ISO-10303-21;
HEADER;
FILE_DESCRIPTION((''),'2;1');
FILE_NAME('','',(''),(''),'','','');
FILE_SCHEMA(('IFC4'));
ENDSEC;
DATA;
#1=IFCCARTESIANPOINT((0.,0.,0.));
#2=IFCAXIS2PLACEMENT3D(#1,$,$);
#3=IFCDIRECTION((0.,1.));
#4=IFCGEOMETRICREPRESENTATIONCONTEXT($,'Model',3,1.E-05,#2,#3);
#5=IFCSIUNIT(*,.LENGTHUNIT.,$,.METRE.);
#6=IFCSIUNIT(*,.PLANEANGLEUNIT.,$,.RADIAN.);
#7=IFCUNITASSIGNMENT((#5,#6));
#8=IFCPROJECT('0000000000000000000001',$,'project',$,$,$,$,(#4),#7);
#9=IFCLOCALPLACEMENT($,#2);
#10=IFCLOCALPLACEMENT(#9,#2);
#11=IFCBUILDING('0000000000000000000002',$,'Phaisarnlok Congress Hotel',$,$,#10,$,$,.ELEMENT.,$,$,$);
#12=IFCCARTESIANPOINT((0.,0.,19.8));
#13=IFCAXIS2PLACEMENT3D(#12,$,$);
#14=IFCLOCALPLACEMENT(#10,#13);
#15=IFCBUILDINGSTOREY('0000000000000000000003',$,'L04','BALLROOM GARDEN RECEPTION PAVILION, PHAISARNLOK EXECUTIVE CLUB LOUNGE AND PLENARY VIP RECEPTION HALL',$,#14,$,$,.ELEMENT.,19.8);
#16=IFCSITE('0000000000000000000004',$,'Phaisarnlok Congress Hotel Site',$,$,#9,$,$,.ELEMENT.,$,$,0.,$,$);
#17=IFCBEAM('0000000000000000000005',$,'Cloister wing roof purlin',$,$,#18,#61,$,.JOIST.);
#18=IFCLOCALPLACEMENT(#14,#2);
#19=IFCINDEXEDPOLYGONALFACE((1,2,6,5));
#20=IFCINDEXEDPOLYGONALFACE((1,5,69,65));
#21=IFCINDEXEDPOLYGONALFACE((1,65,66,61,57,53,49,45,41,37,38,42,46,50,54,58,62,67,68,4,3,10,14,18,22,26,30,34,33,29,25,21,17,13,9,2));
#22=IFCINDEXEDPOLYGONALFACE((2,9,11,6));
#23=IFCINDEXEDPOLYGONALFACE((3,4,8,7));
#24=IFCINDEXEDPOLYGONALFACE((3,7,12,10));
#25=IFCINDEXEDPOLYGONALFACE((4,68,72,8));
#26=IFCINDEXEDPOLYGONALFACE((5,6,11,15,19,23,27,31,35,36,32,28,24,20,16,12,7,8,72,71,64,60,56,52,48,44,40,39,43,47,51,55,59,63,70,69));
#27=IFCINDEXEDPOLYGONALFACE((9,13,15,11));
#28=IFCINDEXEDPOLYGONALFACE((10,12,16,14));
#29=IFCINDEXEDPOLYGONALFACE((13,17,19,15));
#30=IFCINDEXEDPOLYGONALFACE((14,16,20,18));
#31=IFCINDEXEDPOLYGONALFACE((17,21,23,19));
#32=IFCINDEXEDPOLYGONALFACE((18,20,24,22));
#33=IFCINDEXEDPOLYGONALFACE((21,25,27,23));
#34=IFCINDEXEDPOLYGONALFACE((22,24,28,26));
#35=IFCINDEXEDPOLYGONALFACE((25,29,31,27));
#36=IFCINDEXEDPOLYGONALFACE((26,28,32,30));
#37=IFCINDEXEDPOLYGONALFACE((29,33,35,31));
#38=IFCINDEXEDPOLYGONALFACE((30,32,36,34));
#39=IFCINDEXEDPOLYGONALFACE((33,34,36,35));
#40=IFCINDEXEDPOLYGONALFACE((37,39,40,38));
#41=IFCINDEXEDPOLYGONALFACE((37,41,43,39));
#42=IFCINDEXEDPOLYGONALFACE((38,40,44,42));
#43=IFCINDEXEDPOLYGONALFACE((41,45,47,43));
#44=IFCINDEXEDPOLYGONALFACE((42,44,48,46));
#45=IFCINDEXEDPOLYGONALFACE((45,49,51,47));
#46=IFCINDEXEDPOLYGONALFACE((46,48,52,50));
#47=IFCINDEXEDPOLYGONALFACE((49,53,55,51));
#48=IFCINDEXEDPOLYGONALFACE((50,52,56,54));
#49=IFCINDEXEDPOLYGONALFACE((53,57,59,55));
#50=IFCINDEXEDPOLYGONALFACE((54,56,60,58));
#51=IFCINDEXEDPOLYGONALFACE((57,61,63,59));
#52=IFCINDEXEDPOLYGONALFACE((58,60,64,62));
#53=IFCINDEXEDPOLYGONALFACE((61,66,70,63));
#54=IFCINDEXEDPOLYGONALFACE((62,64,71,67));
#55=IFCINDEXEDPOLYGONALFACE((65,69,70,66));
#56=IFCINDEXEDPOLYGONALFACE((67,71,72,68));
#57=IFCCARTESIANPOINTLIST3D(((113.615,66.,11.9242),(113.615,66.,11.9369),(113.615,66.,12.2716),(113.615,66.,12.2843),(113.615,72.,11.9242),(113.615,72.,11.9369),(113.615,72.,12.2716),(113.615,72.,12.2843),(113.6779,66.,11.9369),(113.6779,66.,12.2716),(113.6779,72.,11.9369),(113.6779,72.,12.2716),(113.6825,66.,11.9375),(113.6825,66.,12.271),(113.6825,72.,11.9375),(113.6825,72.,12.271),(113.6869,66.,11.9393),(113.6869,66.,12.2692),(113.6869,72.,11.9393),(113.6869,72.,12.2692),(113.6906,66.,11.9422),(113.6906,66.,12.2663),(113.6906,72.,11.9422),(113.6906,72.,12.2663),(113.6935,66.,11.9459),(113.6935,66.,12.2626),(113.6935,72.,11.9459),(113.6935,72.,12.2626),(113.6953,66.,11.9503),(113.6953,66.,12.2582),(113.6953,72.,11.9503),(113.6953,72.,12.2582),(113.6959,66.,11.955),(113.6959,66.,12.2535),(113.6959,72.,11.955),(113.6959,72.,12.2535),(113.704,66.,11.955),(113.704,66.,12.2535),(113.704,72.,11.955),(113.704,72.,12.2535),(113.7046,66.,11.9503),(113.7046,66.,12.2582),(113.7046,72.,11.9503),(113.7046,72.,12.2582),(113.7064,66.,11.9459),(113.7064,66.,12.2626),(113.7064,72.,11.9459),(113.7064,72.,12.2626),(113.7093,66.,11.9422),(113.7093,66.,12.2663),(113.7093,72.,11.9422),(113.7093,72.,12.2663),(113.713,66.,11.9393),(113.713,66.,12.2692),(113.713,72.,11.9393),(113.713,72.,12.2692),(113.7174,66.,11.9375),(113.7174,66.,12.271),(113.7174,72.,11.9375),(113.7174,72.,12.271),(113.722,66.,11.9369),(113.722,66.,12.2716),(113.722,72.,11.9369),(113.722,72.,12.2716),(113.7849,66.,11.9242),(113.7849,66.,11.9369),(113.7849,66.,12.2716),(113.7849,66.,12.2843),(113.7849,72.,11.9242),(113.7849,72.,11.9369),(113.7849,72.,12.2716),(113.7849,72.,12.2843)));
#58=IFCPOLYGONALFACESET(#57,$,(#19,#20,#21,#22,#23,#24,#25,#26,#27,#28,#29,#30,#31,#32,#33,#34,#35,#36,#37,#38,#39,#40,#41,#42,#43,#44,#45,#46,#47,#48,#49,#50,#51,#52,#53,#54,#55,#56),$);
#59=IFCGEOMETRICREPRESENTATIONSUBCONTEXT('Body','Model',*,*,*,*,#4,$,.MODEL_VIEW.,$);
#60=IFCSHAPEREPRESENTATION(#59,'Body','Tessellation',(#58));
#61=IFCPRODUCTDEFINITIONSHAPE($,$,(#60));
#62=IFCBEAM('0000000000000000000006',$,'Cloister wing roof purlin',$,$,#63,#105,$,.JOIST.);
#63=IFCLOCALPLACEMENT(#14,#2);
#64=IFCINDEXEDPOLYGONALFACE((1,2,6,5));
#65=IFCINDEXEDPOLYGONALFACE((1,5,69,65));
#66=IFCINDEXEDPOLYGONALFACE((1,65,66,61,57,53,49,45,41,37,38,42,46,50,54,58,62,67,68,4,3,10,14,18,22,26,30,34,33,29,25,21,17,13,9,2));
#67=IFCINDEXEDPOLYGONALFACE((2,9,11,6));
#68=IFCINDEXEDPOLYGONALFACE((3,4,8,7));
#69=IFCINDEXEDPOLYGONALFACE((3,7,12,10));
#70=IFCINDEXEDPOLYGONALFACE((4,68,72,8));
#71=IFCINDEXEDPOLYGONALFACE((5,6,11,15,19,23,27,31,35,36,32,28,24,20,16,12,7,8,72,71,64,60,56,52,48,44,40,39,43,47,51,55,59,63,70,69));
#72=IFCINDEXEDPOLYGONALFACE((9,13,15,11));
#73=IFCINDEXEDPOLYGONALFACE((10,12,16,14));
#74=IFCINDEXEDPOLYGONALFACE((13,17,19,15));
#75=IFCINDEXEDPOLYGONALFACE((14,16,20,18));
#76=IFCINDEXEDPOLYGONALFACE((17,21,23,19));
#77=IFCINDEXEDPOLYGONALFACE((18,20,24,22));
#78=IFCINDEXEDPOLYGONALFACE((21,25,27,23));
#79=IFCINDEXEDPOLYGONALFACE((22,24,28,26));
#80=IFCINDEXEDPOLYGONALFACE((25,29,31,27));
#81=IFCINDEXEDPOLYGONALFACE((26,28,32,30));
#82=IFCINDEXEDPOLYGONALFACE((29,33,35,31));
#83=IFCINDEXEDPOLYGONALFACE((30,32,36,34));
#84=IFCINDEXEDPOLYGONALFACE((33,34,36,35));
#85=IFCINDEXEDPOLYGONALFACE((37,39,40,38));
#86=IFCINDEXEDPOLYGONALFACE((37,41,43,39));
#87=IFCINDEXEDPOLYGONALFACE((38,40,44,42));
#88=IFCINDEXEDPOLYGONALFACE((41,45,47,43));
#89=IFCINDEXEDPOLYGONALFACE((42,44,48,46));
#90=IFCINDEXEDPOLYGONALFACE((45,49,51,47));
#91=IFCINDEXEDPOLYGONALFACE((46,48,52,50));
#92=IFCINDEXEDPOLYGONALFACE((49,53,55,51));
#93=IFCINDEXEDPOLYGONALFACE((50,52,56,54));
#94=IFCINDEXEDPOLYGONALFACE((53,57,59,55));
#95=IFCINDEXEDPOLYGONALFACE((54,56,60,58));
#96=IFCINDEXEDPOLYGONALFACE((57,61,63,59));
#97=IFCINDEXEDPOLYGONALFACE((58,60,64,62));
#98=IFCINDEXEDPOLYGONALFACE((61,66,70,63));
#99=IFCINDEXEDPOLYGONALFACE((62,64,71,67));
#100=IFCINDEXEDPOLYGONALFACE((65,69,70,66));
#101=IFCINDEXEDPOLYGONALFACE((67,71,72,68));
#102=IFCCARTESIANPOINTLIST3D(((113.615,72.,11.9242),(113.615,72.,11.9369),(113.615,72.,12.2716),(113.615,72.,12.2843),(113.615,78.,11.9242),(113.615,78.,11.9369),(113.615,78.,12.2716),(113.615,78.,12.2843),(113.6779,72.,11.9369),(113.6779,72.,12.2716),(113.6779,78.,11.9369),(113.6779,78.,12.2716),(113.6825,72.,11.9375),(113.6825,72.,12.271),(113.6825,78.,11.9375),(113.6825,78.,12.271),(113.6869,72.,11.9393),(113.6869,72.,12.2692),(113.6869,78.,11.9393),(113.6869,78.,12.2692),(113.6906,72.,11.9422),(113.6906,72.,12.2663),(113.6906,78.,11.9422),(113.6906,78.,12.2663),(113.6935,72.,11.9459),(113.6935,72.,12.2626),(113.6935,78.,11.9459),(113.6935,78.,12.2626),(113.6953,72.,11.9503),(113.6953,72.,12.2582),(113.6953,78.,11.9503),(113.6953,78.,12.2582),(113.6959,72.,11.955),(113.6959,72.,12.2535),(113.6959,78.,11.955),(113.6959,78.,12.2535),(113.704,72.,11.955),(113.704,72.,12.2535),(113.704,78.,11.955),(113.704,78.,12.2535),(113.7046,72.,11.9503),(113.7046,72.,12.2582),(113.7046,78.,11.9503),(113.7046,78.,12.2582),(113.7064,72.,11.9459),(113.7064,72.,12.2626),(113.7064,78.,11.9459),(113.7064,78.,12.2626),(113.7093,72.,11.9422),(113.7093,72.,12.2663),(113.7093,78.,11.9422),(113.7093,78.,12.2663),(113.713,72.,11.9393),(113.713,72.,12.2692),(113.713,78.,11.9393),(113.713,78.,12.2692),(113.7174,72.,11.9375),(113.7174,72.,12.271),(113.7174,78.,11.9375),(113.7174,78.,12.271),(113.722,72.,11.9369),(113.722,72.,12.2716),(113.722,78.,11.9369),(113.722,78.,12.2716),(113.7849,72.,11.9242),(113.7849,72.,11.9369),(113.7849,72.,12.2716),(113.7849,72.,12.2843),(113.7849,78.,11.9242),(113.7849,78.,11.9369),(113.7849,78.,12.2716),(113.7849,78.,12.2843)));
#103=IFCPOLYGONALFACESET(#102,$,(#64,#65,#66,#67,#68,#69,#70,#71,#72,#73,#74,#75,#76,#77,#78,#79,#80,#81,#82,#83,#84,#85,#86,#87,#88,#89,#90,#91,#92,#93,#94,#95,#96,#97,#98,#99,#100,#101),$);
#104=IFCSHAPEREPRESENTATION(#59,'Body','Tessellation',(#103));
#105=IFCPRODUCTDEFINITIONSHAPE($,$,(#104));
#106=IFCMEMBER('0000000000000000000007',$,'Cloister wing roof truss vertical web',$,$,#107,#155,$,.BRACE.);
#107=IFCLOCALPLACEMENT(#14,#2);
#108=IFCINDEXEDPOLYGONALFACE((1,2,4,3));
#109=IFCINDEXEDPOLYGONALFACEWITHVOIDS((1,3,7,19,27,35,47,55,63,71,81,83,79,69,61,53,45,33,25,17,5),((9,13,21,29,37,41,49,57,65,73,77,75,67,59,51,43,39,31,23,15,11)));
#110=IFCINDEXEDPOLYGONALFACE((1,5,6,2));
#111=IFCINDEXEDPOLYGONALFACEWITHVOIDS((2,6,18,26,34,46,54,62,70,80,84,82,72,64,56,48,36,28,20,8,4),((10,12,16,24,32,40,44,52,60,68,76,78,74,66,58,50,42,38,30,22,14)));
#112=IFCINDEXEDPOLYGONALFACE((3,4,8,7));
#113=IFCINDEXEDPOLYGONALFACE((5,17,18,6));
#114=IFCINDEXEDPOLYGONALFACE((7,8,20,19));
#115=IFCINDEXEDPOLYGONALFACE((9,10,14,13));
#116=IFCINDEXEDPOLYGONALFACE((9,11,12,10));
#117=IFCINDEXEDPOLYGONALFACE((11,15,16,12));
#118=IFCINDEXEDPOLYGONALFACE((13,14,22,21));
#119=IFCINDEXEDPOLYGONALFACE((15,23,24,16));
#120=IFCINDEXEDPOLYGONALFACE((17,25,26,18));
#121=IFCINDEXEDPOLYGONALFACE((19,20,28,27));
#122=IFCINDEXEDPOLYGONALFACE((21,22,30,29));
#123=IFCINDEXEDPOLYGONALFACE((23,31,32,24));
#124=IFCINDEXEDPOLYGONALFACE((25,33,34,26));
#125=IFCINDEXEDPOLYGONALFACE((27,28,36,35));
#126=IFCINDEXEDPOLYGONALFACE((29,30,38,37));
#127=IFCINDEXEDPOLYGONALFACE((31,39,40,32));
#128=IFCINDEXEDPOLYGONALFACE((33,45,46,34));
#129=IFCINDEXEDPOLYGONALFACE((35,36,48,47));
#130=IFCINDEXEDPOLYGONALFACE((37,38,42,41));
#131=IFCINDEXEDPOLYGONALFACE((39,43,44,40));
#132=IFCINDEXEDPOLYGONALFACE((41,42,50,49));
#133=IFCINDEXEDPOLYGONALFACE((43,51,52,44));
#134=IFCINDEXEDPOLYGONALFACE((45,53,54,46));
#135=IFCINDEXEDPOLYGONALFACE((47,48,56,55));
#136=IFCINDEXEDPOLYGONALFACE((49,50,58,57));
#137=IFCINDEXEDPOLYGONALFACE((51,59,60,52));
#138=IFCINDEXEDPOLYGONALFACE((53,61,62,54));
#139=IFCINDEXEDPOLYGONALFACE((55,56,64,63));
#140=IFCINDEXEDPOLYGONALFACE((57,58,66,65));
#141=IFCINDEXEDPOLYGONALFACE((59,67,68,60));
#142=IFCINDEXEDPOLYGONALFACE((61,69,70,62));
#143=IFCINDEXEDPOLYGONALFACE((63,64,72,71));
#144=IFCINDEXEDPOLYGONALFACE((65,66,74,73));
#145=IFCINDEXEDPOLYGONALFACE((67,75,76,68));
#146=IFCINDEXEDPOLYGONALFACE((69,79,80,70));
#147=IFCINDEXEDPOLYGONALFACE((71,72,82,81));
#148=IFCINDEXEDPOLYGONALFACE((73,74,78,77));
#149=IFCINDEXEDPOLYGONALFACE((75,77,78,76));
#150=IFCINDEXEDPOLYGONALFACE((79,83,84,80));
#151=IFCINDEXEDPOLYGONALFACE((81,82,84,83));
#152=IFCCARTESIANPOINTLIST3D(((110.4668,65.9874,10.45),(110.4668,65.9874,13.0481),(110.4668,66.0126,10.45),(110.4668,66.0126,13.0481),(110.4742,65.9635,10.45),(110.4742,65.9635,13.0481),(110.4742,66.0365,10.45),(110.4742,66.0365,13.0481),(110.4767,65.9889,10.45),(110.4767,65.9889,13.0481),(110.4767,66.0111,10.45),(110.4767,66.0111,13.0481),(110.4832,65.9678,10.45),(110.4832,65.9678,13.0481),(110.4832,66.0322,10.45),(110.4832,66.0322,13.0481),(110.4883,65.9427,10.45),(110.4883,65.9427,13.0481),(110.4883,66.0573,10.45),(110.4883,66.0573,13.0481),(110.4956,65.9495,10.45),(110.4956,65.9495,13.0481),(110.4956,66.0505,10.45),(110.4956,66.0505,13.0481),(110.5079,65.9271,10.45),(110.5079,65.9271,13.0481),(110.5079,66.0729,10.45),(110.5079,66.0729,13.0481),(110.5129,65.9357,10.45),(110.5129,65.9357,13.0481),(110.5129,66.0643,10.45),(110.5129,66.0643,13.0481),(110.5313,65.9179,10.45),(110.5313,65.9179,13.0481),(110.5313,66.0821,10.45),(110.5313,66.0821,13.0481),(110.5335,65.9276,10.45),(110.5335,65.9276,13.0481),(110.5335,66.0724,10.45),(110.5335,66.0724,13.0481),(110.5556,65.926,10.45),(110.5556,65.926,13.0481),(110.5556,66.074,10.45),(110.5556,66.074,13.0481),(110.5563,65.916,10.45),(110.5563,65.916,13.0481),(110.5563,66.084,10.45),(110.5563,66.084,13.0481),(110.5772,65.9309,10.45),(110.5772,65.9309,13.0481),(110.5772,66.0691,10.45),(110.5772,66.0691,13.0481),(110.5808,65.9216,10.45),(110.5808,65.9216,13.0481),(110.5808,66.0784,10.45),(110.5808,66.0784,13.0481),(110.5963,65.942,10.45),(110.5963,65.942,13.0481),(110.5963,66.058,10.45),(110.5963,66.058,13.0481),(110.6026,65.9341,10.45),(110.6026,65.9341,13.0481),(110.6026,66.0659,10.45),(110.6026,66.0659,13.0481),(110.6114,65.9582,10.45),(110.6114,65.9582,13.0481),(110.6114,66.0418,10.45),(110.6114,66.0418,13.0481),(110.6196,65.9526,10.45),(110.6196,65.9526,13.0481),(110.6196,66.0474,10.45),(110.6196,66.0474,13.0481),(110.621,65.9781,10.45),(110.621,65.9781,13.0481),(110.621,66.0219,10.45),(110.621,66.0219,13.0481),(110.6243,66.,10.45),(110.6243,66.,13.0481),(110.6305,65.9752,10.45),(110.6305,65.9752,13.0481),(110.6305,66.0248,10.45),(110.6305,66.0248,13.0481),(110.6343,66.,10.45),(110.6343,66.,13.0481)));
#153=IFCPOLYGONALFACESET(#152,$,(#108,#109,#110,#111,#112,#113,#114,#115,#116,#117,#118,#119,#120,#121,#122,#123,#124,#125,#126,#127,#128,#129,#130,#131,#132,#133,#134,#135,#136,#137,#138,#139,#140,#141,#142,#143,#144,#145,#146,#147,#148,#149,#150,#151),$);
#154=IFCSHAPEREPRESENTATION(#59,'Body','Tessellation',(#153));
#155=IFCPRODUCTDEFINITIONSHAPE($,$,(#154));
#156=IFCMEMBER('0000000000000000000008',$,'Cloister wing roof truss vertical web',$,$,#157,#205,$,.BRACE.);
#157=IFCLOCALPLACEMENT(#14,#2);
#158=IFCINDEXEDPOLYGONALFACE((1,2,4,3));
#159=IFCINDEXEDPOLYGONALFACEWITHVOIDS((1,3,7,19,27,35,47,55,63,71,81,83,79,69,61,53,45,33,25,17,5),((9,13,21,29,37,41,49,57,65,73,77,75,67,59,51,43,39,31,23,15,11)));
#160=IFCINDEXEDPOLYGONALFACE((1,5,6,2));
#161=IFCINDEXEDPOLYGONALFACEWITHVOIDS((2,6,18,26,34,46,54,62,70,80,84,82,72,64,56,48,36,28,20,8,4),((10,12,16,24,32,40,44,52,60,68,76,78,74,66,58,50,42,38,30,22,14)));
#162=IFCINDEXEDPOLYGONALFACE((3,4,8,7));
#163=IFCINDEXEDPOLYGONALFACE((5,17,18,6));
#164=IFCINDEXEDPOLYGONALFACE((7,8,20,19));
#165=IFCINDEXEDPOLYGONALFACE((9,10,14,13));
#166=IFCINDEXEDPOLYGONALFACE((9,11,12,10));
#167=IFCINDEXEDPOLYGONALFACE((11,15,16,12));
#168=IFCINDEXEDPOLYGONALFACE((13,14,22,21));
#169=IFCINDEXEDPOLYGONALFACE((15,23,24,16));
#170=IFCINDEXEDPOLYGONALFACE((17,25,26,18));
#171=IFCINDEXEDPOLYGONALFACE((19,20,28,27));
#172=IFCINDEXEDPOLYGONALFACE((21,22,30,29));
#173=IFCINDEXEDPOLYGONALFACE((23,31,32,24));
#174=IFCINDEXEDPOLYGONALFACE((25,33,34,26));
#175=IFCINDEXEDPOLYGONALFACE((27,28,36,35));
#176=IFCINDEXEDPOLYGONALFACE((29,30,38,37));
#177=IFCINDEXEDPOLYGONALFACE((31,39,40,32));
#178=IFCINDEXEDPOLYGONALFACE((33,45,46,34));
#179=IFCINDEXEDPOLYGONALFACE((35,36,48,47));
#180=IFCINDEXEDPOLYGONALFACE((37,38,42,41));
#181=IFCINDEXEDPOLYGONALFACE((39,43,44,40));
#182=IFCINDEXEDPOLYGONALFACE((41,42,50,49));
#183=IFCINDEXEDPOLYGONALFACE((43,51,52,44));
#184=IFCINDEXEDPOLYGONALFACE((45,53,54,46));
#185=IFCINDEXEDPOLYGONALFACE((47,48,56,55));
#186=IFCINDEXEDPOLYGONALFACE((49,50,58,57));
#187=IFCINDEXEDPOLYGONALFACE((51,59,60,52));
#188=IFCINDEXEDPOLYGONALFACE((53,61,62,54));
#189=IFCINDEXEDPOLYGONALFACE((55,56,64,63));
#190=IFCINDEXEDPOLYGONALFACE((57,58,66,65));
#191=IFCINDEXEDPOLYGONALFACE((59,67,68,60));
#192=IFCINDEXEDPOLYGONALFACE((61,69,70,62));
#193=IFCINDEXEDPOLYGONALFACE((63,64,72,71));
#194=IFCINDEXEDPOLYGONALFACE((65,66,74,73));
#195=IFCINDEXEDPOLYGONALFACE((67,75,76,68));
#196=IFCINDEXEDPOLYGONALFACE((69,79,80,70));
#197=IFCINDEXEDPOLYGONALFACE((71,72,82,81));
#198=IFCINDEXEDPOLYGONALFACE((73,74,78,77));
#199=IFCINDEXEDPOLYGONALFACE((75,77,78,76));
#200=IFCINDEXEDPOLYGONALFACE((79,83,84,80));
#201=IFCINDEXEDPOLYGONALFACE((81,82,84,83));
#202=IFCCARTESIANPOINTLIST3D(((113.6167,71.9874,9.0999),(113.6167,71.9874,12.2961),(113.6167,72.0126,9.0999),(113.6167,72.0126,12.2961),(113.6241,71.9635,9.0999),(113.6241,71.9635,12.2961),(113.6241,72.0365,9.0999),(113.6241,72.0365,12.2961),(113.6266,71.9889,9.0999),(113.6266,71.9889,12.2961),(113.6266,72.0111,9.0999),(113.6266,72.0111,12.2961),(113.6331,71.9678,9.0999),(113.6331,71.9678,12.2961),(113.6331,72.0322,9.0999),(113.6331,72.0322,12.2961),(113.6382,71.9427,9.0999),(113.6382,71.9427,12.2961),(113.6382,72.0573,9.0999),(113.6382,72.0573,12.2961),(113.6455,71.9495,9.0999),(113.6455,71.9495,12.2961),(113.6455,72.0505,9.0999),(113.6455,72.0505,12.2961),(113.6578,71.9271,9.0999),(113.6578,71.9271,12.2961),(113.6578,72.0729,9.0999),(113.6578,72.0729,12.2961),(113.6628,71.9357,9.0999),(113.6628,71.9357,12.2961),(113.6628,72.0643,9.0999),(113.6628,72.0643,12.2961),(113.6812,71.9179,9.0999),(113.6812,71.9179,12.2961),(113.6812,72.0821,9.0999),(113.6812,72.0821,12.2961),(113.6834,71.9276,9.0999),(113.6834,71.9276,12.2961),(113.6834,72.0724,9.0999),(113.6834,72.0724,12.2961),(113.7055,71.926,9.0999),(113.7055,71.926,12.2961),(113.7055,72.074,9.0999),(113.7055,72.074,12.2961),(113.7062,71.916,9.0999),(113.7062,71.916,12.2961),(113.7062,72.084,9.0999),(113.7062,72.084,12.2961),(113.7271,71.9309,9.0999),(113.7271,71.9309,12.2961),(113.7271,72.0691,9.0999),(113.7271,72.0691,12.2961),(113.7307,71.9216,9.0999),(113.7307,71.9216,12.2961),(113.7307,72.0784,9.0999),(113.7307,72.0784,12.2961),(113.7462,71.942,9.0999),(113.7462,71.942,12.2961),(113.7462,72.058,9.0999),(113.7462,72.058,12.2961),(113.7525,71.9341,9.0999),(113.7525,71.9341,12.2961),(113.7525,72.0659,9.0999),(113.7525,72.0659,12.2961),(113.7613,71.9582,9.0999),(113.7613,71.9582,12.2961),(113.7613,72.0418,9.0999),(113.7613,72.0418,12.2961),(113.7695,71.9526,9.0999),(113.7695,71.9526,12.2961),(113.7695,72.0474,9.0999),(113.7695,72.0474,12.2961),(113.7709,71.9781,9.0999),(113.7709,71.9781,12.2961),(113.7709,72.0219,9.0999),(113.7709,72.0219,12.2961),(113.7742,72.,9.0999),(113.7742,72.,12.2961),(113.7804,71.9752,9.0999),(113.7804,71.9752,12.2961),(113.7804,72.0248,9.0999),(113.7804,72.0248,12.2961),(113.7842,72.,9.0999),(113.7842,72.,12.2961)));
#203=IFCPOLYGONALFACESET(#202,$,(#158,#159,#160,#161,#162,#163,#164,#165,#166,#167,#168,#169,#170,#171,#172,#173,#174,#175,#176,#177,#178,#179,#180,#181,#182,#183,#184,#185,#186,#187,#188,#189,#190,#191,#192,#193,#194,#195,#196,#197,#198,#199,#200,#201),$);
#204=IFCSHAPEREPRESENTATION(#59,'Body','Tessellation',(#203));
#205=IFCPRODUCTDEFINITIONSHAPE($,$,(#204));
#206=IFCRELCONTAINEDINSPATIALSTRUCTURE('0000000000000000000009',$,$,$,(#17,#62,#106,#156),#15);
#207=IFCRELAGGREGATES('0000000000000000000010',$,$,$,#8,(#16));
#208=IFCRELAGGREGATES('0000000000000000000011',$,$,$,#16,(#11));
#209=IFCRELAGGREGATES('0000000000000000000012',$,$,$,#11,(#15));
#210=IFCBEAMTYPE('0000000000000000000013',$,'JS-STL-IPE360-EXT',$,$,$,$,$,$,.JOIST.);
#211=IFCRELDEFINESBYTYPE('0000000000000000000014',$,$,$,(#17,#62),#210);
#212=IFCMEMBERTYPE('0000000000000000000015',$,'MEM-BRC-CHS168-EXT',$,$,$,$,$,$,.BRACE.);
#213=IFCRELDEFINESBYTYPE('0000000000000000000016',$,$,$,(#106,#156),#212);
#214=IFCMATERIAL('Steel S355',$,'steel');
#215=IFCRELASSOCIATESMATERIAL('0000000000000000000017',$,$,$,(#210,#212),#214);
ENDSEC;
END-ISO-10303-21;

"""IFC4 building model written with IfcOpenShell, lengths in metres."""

from ifc_helpers import new_model, si_unit, direction, frame, origin, origin_2d, place, context, subcontext, project, spatial, hollow_circle, i_section, extrude, material, material_profile, profile_set, type_object, element, save


model = new_model("IFC4")

# Units and contexts
model_context = context("Model", 3, precision=1e-05, world=origin(), true_north=direction((0.0, 1.0)))
body_context = subcontext(model_context, "Body", "Model", "MODEL_VIEW")
ifc_project = project(units=[si_unit("LENGTHUNIT", "METRE"), si_unit("PLANEANGLEUNIT", "RADIAN")], contexts=[model_context])

# Site, building, storey
site_placement = place(None, origin())
site = spatial("IfcSite", under=ifc_project, at=site_placement, Name="Phaisarnlok Congress Hotel Site", CompositionType="ELEMENT", RefElevation=0.0)
building_placement = place(site_placement, origin())
building = spatial("IfcBuilding", under=site, at=building_placement, Name="Phaisarnlok Congress Hotel", CompositionType="ELEMENT")
storey_placement = place(building_placement, frame((0.0, 0.0, 19.8)))
storey = spatial("IfcBuildingStorey", under=building, at=storey_placement, Name="L04", Description="BALLROOM GARDEN RECEPTION PAVILION, PHAISARNLOK EXECUTIVE CLUB LOUNGE AND PLENARY VIP RECEPTION HALL", CompositionType="ELEMENT", Elevation=19.8)

# Beams
ifc_material_1 = material(Name="Steel S355", Category="steel")
ifc_material_profile_1 = material_profile(ifc_material_1, i_section(OverallWidth=0.1699, OverallDepth=0.3601, WebThickness=0.0081, FlangeThickness=0.0127, FilletRadius=0.0181, at=origin_2d()), Name="IPE 360")
ifc_profile_set_1 = profile_set([ifc_material_profile_1], Name="Steel S355")
beam_type = type_object("IfcBeamType", Name="JS-STL-IPE360-EXT", PredefinedType="JOIST", material=ifc_profile_set_1)
for number, where, z_axis, x_axis, name in (
    (1, (113.7, 66.0, 12.1042), (0.0, 1.0, 0.0), (-1.0, 0.0, 0.0), "Cloister wing roof purlin"),
    (2, (113.7, 72.0, 12.1042), (0.0, 1.0, 0.0), (-1.0, 0.0, 0.0), "Cloister wing roof purlin"),
):
    element("IfcBeam", number, at=place(storey_placement, frame(where, z_axis=z_axis, x_axis=x_axis)), inside=storey, type_object=beam_type, Name=name, PredefinedType="JOIST", context=body_context, shape_type="SweptSolid", body=[
        extrude(i_section(OverallWidth=0.1699, OverallDepth=0.3601, WebThickness=0.0081, FlangeThickness=0.0127, FilletRadius=0.0181, at=origin_2d()), origin(), (0.0, 0.0, 1.0), 6.0),
    ])

# Members
ifc_material_profile_2 = material_profile(ifc_material_1, hollow_circle(Radius=0.0842, WallThickness=0.01, at=origin_2d()), Name="CHS 168.3x10")
ifc_profile_set_2 = profile_set([ifc_material_profile_2], Name="Steel S355")
member_type_1 = type_object("IfcMemberType", Name="MEM-BRC-CHS168-EXT", PredefinedType="BRACE", material=ifc_profile_set_2)
member_1_placement = place(storey_placement, frame((110.55, 66.0, 10.45), z_axis=(0.0, 0.0, 1.0), x_axis=(1.0, 0.0, 0.0)))
element("IfcMember", 3, at=member_1_placement, inside=storey, type_object=member_type_1, Name="Cloister wing roof truss vertical web", PredefinedType="BRACE", context=body_context, shape_type="SweptSolid", body=[
    extrude(hollow_circle(Radius=0.0842, WallThickness=0.01, at=origin_2d()), origin(), (0.0, 0.0, 1.0), 2.5981),
])
member_2_placement = place(storey_placement, frame((113.7, 72.0, 9.0999), z_axis=(0.0, 0.0, 1.0), x_axis=(1.0, 0.0, 0.0)))
element("IfcMember", 4, at=member_2_placement, inside=storey, type_object=member_type_1, Name="Cloister wing roof truss vertical web", PredefinedType="BRACE", context=body_context, shape_type="SweptSolid", body=[
    extrude(hollow_circle(Radius=0.0842, WallThickness=0.01, at=origin_2d()), origin(), (0.0, 0.0, 1.0), 3.1963),
])

save(model, "model.ifc")
